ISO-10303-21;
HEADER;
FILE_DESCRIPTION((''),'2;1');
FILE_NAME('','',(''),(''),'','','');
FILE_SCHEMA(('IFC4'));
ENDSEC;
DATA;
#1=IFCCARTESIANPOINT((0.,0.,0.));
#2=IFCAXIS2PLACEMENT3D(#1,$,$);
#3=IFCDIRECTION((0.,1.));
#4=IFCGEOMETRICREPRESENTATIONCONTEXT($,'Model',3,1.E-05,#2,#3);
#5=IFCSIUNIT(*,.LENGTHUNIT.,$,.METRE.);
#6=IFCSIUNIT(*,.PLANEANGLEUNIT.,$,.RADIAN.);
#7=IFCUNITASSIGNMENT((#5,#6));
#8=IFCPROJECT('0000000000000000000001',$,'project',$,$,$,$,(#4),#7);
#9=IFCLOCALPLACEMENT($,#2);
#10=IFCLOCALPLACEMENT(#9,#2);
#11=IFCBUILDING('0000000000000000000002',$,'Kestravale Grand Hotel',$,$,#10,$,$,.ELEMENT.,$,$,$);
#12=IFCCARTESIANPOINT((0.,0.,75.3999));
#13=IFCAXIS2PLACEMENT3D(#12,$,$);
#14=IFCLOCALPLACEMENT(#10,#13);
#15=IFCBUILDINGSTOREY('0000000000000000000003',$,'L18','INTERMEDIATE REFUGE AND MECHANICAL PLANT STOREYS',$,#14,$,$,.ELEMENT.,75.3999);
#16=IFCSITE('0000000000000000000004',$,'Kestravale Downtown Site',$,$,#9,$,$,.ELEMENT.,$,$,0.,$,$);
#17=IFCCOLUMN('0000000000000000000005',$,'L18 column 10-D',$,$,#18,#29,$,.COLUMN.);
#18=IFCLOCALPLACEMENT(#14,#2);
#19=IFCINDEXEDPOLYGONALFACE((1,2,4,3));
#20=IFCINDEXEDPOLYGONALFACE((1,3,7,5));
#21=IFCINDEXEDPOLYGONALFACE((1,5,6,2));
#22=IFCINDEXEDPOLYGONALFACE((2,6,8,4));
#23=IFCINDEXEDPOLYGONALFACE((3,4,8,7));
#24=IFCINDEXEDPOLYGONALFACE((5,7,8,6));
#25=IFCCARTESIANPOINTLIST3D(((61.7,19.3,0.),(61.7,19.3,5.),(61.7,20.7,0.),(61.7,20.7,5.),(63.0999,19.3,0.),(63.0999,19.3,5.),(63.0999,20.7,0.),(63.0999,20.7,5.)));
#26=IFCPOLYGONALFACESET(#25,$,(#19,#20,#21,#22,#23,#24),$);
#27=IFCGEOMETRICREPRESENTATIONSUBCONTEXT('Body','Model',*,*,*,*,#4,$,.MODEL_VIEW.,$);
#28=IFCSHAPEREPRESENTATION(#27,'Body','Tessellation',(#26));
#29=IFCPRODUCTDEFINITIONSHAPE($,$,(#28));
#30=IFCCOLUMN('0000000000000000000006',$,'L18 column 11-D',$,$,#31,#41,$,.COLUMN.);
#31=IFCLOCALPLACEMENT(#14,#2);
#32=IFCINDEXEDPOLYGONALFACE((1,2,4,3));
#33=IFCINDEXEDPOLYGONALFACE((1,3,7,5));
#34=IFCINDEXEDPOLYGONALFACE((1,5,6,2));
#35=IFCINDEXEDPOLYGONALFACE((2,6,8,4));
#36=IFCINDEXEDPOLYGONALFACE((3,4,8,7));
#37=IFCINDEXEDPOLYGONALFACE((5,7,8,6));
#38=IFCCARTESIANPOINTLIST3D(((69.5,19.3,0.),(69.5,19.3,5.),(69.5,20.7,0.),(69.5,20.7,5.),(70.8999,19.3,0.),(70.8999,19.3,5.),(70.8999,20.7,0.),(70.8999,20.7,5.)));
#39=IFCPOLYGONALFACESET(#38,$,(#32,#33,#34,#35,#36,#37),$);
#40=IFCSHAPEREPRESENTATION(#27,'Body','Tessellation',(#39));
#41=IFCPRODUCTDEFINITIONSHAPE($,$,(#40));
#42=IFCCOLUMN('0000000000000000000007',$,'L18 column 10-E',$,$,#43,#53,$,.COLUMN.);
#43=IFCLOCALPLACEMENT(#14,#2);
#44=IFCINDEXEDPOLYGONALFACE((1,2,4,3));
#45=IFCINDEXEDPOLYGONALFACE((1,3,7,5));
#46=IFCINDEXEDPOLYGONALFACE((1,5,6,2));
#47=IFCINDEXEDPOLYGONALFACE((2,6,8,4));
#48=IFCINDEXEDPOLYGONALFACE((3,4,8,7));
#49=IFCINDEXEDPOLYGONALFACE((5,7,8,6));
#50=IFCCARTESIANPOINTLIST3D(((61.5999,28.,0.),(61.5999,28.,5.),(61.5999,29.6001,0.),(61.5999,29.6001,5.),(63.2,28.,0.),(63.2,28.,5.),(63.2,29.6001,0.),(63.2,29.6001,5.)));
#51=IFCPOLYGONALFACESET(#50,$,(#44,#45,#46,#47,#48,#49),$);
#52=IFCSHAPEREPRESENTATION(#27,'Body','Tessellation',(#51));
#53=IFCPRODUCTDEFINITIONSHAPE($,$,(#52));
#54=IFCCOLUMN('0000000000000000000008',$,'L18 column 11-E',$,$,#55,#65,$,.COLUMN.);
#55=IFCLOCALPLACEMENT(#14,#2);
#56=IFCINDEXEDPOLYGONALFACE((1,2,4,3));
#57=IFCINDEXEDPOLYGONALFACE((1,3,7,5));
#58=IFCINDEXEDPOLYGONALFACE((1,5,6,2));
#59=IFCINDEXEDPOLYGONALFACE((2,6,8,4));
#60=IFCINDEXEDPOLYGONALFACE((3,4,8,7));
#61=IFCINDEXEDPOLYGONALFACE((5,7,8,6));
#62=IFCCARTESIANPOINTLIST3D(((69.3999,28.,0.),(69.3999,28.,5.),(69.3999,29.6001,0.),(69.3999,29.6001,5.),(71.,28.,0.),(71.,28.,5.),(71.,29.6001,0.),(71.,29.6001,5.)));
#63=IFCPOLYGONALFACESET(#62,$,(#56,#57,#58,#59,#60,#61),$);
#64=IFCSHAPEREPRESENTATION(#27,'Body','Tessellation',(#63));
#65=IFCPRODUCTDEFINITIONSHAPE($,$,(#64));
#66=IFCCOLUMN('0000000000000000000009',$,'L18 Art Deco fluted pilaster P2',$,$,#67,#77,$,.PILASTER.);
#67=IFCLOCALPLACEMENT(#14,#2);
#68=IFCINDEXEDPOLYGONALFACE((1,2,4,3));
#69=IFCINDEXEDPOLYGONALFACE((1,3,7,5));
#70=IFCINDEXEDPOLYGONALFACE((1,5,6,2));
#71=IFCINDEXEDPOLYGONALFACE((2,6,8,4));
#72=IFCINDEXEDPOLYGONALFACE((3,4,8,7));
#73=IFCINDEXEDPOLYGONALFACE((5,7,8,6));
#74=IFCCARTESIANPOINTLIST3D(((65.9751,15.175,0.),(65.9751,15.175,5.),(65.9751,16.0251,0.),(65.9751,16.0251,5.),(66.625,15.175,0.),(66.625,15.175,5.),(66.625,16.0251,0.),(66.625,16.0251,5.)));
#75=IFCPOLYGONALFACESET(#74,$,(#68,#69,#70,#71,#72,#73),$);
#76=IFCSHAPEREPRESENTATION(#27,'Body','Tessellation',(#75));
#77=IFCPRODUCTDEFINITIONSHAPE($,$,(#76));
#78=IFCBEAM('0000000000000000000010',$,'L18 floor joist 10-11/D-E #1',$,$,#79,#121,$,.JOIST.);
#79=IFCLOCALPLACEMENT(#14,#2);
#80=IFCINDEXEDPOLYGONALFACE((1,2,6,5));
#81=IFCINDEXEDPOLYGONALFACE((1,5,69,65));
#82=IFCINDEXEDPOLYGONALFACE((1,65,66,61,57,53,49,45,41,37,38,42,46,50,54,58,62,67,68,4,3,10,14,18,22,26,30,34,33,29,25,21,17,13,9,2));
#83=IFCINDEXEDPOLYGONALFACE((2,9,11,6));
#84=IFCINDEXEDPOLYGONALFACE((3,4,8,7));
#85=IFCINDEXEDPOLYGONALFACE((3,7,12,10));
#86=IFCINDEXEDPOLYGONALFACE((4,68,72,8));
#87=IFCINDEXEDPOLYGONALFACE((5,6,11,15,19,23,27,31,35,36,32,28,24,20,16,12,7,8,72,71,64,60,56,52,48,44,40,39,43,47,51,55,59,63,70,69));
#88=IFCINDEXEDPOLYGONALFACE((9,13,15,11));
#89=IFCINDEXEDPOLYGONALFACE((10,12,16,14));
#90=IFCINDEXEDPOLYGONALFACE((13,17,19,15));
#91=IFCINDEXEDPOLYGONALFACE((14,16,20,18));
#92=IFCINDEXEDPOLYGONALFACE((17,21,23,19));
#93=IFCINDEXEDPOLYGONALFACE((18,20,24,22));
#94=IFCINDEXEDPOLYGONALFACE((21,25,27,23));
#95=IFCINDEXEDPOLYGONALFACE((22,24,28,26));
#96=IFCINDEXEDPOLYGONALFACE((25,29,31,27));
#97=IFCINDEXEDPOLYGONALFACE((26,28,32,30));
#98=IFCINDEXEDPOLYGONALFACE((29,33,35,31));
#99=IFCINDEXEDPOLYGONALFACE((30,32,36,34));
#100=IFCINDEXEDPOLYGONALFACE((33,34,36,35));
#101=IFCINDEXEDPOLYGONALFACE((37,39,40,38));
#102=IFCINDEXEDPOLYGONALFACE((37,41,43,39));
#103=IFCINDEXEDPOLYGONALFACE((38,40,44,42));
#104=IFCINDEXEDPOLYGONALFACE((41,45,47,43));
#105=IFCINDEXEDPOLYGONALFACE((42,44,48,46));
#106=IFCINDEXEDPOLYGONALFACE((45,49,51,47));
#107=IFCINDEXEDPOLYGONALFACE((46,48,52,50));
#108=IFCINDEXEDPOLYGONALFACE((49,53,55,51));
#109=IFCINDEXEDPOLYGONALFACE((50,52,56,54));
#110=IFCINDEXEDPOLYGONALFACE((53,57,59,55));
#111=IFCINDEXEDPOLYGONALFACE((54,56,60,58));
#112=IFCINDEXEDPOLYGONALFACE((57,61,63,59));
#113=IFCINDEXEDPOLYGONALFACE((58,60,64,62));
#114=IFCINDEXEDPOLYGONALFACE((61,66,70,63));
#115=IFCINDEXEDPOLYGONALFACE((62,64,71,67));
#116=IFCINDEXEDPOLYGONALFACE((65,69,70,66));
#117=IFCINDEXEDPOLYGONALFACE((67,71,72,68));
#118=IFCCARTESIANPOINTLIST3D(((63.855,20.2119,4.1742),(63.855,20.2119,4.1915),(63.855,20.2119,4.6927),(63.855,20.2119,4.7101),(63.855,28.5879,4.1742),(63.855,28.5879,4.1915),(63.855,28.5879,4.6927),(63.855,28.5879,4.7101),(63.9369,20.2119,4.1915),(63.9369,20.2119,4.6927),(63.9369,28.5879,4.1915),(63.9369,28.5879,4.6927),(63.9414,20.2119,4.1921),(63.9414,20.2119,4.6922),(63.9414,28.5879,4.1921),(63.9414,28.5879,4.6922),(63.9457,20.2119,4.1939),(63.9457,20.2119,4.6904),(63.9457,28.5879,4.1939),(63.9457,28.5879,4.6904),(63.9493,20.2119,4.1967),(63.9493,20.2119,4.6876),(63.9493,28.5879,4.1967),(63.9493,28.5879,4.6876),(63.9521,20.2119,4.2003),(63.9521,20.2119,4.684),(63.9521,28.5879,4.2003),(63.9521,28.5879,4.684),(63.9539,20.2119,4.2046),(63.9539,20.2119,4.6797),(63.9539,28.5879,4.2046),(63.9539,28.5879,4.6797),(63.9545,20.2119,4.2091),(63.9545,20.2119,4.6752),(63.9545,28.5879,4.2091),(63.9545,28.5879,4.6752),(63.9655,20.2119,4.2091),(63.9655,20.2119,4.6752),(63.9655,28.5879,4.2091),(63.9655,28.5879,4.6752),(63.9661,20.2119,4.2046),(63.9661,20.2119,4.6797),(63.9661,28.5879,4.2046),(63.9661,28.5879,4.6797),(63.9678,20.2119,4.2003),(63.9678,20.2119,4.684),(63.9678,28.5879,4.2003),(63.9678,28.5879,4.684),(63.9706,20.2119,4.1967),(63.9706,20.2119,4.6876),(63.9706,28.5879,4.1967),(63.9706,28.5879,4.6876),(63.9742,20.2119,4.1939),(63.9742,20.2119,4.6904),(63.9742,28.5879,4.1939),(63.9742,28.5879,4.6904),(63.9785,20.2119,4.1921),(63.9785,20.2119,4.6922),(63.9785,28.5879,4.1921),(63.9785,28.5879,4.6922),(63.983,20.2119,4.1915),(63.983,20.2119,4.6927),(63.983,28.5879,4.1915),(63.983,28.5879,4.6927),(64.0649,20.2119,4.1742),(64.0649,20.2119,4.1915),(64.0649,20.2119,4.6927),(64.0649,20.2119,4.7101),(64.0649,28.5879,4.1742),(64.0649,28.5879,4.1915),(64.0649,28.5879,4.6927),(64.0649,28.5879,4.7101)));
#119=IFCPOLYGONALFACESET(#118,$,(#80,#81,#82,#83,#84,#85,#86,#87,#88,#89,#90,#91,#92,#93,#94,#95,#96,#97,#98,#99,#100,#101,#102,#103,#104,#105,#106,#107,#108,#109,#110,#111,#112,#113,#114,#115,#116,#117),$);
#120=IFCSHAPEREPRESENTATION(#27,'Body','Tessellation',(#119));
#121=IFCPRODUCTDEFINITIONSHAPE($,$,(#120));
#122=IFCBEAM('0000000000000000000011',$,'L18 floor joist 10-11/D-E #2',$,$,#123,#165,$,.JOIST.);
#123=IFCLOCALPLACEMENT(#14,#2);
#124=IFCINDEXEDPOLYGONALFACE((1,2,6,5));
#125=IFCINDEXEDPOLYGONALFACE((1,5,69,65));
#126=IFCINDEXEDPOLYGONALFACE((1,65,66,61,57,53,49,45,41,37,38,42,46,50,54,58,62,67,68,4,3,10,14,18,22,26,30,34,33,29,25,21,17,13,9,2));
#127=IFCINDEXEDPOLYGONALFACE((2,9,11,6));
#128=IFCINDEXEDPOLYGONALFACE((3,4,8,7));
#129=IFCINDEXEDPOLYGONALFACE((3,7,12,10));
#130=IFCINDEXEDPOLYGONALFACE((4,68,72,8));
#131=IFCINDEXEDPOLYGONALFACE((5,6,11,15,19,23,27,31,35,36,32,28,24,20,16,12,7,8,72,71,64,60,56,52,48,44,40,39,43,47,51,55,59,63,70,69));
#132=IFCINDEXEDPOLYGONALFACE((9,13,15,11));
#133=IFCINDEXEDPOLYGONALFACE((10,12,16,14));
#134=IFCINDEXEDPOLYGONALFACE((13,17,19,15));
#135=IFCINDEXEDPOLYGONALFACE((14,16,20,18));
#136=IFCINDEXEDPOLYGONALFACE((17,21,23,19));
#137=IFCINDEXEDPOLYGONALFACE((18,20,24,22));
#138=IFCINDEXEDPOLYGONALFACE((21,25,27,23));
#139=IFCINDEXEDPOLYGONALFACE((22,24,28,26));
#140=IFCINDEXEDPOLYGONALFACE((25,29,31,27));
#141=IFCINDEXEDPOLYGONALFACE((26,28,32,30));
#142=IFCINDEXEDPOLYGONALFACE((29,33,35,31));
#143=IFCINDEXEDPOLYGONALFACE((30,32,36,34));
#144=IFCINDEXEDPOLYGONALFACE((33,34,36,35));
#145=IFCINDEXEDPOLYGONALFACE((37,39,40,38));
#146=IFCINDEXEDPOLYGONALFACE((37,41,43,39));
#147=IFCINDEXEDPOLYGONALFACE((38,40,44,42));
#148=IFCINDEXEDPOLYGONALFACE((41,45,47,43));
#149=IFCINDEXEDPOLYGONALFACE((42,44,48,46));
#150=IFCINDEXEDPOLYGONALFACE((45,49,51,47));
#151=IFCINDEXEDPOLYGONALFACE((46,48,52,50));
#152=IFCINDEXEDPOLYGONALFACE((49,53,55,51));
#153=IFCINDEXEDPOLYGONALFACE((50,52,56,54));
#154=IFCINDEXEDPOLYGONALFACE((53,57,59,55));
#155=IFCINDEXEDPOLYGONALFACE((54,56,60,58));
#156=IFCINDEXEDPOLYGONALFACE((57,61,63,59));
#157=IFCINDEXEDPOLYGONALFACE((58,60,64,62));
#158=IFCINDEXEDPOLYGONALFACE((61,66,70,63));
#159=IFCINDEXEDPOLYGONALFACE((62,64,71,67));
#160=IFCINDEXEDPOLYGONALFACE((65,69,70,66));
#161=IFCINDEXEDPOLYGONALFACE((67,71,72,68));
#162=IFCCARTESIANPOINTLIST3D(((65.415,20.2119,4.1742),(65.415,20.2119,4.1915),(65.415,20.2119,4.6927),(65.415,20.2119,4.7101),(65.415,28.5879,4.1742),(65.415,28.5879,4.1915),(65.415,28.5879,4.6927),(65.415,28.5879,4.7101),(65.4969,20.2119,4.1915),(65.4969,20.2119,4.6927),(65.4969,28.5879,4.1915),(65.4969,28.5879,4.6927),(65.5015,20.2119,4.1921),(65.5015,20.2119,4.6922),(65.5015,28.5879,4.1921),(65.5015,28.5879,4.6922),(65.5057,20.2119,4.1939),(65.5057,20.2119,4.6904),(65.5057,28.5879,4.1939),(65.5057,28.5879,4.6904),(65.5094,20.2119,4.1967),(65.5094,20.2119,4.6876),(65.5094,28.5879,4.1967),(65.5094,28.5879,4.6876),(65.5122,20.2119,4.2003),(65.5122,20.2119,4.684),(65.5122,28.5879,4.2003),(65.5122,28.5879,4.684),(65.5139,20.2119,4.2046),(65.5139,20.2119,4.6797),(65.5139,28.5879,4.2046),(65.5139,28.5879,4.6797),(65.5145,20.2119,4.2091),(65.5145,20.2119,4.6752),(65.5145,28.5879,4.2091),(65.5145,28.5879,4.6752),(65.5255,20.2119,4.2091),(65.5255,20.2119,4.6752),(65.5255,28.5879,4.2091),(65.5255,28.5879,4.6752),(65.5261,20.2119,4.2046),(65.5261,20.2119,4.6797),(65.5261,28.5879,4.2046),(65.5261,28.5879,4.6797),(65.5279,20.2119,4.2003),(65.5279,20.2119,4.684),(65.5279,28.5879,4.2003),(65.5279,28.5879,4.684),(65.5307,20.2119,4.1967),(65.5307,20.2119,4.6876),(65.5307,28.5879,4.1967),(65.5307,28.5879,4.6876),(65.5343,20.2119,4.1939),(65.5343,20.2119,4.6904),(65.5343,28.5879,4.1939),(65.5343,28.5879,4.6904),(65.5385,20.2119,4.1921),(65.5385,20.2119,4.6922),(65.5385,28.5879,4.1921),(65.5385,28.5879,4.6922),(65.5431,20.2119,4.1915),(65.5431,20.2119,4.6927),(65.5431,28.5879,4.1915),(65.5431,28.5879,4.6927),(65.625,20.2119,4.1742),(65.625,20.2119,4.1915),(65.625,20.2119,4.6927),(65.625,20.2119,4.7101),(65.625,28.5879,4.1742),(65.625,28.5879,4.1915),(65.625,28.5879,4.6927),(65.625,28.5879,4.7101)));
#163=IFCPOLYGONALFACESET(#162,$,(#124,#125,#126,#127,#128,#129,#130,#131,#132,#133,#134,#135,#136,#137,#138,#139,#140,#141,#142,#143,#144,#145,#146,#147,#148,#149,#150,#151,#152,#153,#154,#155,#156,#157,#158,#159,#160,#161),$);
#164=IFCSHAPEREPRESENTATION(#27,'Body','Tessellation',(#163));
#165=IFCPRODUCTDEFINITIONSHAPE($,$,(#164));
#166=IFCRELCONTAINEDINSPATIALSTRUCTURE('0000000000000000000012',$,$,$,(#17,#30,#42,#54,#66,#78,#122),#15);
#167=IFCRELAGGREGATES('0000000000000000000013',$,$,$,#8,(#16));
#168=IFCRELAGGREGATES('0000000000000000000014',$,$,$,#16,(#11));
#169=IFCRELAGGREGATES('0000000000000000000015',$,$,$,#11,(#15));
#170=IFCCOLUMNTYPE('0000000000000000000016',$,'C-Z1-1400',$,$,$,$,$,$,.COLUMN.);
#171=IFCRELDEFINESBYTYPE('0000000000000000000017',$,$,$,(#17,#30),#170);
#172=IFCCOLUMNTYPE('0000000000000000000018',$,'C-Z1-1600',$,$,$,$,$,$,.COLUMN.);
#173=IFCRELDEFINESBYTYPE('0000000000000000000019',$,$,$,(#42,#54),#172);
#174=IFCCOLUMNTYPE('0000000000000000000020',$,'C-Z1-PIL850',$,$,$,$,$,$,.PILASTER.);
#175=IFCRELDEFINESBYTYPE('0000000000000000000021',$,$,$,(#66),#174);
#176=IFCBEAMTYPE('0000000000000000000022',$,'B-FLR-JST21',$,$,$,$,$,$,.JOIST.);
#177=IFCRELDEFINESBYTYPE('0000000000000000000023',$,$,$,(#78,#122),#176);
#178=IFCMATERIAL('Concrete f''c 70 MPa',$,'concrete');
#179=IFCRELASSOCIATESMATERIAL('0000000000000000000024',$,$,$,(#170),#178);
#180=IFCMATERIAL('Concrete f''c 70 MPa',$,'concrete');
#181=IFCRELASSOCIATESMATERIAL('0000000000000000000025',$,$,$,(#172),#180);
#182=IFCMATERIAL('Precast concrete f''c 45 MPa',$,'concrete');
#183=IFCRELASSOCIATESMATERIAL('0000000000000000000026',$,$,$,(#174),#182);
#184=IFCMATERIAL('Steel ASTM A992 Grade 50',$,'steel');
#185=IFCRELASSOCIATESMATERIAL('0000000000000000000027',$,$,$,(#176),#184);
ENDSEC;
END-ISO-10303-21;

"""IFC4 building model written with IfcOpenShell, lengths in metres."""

from ifc_helpers import new_model, si_unit, direction, frame, origin, origin_2d, place, context, subcontext, project, spatial, rectangle, i_section, extrude, material, material_profile, profile_set, type_object, element, save


model = new_model("IFC4")

# Units and contexts
model_context = context("Model", 3, precision=1e-05, world=origin(), true_north=direction((0.0, 1.0)))
body_context = subcontext(model_context, "Body", "Model", "MODEL_VIEW")
ifc_project = project(units=[si_unit("LENGTHUNIT", "METRE"), si_unit("PLANEANGLEUNIT", "RADIAN")], contexts=[model_context])

# Site, building, storey
site_placement = place(None, origin())
site = spatial("IfcSite", under=ifc_project, at=site_placement, Name="Kestravale Downtown Site", CompositionType="ELEMENT", RefElevation=0.0)
building_placement = place(site_placement, origin())
building = spatial("IfcBuilding", under=site, at=building_placement, Name="Kestravale Grand Hotel", CompositionType="ELEMENT")
storey_placement = place(building_placement, frame((0.0, 0.0, 75.3999)))
storey = spatial("IfcBuildingStorey", under=building, at=storey_placement, Name="L18", Description="INTERMEDIATE REFUGE AND MECHANICAL PLANT STOREYS", CompositionType="ELEMENT", Elevation=75.3999)

# Columns
ifc_material_1 = material(Name="Concrete f'c 70 MPa", Category="concrete")
ifc_material_profile_1 = material_profile(ifc_material_1, rectangle(XDim=1.3999, YDim=1.3999, at=origin_2d()))
ifc_profile_set_1 = profile_set([ifc_material_profile_1], Name="Concrete f'c 70 MPa")
column_type_1 = type_object("IfcColumnType", Name="C-Z1-1400", PredefinedType="COLUMN", material=ifc_profile_set_1)
for number, where, z_axis, x_axis, name in (
    (1, (62.3999, 20.0, 0.0), (0.0, 0.0, 1.0), (1.0, 0.0, 0.0), "L18 column 10-D"),
    (2, (70.2, 20.0, 0.0), (0.0, 0.0, 1.0), (1.0, 0.0, 0.0), "L18 column 11-D"),
):
    element("IfcColumn", number, at=place(storey_placement, frame(where, z_axis=z_axis, x_axis=x_axis)), inside=storey, type_object=column_type_1, Name=name, PredefinedType="COLUMN", context=body_context, shape_type="SweptSolid", body=[
        extrude(rectangle(XDim=1.3999, YDim=1.3999, at=origin_2d()), origin(), (0.0, 0.0, 1.0), 5.0),
    ])
ifc_material_2 = material(Name="Concrete f'c 70 MPa", Category="concrete")
ifc_material_profile_2 = material_profile(ifc_material_2, rectangle(XDim=1.6001, YDim=1.6001, at=origin_2d()))
ifc_profile_set_2 = profile_set([ifc_material_profile_2], Name="Concrete f'c 70 MPa")
column_type_2 = type_object("IfcColumnType", Name="C-Z1-1600", PredefinedType="COLUMN", material=ifc_profile_set_2)
for number, where, z_axis, x_axis, name in (
    (3, (62.3999, 28.8, 0.0), (0.0, 0.0, 1.0), (1.0, 0.0, 0.0), "L18 column 10-E"),
    (4, (70.2, 28.8, 0.0), (0.0, 0.0, 1.0), (1.0, 0.0, 0.0), "L18 column 11-E"),
):
    element("IfcColumn", number, at=place(storey_placement, frame(where, z_axis=z_axis, x_axis=x_axis)), inside=storey, type_object=column_type_2, Name=name, PredefinedType="COLUMN", context=body_context, shape_type="SweptSolid", body=[
        extrude(rectangle(XDim=1.6001, YDim=1.6001, at=origin_2d()), origin(), (0.0, 0.0, 1.0), 5.0),
    ])
ifc_material_3 = material(Name="Precast concrete f'c 45 MPa", Category="concrete")
ifc_material_profile_3 = material_profile(ifc_material_3, rectangle(XDim=0.6499, YDim=0.8501, at=origin_2d()))
ifc_profile_set_3 = profile_set([ifc_material_profile_3], Name="Precast concrete f'c 45 MPa")
column_type_3 = type_object("IfcColumnType", Name="C-Z1-PIL850", PredefinedType="PILASTER", material=ifc_profile_set_3)
column_placement = place(storey_placement, frame((66.3, 15.6001, 0.0), z_axis=(0.0, 0.0, 1.0), x_axis=(1.0, 0.0, 0.0)))
element("IfcColumn", 5, at=column_placement, inside=storey, type_object=column_type_3, Name="L18 Art Deco fluted pilaster P2", PredefinedType="PILASTER", context=body_context, shape_type="SweptSolid", body=[
    extrude(rectangle(XDim=0.6499, YDim=0.8501, at=origin_2d()), origin(), (0.0, 0.0, 1.0), 5.0),
])

# Beams
ifc_material_4 = material(Name="Steel ASTM A992 Grade 50", Category="steel")
ifc_material_profile_4 = material_profile(ifc_material_4, i_section(OverallWidth=0.21, OverallDepth=0.5359, WebThickness=0.011, FlangeThickness=0.0173, FilletRadius=0.0176, at=origin_2d()))
ifc_profile_set_4 = profile_set([ifc_material_profile_4], Name="Steel ASTM A992 Grade 50")
beam_type_1 = type_object("IfcBeamType", Name="B-FLR-JST21", PredefinedType="JOIST", material=ifc_profile_set_4)
for number, where, z_axis, x_axis, name in (
    (6, (63.96, 20.2119, 4.4421), (0.0, 1.0, 0.0), (-1.0, 0.0, 0.0), "L18 floor joist 10-11/D-E #1"),
    (7, (65.52, 20.2119, 4.4421), (0.0, 1.0, 0.0), (-1.0, 0.0, 0.0), "L18 floor joist 10-11/D-E #2"),
):
    element("IfcBeam", number, at=place(storey_placement, frame(where, z_axis=z_axis, x_axis=x_axis)), inside=storey, type_object=beam_type_1, Name=name, PredefinedType="JOIST", context=body_context, shape_type="SweptSolid", body=[
        extrude(i_section(OverallWidth=0.21, OverallDepth=0.5359, WebThickness=0.011, FlangeThickness=0.0173, FilletRadius=0.0176, at=origin_2d()), origin(), (0.0, 0.0, 1.0), 8.376),
    ])

save(model, "model.ifc")
